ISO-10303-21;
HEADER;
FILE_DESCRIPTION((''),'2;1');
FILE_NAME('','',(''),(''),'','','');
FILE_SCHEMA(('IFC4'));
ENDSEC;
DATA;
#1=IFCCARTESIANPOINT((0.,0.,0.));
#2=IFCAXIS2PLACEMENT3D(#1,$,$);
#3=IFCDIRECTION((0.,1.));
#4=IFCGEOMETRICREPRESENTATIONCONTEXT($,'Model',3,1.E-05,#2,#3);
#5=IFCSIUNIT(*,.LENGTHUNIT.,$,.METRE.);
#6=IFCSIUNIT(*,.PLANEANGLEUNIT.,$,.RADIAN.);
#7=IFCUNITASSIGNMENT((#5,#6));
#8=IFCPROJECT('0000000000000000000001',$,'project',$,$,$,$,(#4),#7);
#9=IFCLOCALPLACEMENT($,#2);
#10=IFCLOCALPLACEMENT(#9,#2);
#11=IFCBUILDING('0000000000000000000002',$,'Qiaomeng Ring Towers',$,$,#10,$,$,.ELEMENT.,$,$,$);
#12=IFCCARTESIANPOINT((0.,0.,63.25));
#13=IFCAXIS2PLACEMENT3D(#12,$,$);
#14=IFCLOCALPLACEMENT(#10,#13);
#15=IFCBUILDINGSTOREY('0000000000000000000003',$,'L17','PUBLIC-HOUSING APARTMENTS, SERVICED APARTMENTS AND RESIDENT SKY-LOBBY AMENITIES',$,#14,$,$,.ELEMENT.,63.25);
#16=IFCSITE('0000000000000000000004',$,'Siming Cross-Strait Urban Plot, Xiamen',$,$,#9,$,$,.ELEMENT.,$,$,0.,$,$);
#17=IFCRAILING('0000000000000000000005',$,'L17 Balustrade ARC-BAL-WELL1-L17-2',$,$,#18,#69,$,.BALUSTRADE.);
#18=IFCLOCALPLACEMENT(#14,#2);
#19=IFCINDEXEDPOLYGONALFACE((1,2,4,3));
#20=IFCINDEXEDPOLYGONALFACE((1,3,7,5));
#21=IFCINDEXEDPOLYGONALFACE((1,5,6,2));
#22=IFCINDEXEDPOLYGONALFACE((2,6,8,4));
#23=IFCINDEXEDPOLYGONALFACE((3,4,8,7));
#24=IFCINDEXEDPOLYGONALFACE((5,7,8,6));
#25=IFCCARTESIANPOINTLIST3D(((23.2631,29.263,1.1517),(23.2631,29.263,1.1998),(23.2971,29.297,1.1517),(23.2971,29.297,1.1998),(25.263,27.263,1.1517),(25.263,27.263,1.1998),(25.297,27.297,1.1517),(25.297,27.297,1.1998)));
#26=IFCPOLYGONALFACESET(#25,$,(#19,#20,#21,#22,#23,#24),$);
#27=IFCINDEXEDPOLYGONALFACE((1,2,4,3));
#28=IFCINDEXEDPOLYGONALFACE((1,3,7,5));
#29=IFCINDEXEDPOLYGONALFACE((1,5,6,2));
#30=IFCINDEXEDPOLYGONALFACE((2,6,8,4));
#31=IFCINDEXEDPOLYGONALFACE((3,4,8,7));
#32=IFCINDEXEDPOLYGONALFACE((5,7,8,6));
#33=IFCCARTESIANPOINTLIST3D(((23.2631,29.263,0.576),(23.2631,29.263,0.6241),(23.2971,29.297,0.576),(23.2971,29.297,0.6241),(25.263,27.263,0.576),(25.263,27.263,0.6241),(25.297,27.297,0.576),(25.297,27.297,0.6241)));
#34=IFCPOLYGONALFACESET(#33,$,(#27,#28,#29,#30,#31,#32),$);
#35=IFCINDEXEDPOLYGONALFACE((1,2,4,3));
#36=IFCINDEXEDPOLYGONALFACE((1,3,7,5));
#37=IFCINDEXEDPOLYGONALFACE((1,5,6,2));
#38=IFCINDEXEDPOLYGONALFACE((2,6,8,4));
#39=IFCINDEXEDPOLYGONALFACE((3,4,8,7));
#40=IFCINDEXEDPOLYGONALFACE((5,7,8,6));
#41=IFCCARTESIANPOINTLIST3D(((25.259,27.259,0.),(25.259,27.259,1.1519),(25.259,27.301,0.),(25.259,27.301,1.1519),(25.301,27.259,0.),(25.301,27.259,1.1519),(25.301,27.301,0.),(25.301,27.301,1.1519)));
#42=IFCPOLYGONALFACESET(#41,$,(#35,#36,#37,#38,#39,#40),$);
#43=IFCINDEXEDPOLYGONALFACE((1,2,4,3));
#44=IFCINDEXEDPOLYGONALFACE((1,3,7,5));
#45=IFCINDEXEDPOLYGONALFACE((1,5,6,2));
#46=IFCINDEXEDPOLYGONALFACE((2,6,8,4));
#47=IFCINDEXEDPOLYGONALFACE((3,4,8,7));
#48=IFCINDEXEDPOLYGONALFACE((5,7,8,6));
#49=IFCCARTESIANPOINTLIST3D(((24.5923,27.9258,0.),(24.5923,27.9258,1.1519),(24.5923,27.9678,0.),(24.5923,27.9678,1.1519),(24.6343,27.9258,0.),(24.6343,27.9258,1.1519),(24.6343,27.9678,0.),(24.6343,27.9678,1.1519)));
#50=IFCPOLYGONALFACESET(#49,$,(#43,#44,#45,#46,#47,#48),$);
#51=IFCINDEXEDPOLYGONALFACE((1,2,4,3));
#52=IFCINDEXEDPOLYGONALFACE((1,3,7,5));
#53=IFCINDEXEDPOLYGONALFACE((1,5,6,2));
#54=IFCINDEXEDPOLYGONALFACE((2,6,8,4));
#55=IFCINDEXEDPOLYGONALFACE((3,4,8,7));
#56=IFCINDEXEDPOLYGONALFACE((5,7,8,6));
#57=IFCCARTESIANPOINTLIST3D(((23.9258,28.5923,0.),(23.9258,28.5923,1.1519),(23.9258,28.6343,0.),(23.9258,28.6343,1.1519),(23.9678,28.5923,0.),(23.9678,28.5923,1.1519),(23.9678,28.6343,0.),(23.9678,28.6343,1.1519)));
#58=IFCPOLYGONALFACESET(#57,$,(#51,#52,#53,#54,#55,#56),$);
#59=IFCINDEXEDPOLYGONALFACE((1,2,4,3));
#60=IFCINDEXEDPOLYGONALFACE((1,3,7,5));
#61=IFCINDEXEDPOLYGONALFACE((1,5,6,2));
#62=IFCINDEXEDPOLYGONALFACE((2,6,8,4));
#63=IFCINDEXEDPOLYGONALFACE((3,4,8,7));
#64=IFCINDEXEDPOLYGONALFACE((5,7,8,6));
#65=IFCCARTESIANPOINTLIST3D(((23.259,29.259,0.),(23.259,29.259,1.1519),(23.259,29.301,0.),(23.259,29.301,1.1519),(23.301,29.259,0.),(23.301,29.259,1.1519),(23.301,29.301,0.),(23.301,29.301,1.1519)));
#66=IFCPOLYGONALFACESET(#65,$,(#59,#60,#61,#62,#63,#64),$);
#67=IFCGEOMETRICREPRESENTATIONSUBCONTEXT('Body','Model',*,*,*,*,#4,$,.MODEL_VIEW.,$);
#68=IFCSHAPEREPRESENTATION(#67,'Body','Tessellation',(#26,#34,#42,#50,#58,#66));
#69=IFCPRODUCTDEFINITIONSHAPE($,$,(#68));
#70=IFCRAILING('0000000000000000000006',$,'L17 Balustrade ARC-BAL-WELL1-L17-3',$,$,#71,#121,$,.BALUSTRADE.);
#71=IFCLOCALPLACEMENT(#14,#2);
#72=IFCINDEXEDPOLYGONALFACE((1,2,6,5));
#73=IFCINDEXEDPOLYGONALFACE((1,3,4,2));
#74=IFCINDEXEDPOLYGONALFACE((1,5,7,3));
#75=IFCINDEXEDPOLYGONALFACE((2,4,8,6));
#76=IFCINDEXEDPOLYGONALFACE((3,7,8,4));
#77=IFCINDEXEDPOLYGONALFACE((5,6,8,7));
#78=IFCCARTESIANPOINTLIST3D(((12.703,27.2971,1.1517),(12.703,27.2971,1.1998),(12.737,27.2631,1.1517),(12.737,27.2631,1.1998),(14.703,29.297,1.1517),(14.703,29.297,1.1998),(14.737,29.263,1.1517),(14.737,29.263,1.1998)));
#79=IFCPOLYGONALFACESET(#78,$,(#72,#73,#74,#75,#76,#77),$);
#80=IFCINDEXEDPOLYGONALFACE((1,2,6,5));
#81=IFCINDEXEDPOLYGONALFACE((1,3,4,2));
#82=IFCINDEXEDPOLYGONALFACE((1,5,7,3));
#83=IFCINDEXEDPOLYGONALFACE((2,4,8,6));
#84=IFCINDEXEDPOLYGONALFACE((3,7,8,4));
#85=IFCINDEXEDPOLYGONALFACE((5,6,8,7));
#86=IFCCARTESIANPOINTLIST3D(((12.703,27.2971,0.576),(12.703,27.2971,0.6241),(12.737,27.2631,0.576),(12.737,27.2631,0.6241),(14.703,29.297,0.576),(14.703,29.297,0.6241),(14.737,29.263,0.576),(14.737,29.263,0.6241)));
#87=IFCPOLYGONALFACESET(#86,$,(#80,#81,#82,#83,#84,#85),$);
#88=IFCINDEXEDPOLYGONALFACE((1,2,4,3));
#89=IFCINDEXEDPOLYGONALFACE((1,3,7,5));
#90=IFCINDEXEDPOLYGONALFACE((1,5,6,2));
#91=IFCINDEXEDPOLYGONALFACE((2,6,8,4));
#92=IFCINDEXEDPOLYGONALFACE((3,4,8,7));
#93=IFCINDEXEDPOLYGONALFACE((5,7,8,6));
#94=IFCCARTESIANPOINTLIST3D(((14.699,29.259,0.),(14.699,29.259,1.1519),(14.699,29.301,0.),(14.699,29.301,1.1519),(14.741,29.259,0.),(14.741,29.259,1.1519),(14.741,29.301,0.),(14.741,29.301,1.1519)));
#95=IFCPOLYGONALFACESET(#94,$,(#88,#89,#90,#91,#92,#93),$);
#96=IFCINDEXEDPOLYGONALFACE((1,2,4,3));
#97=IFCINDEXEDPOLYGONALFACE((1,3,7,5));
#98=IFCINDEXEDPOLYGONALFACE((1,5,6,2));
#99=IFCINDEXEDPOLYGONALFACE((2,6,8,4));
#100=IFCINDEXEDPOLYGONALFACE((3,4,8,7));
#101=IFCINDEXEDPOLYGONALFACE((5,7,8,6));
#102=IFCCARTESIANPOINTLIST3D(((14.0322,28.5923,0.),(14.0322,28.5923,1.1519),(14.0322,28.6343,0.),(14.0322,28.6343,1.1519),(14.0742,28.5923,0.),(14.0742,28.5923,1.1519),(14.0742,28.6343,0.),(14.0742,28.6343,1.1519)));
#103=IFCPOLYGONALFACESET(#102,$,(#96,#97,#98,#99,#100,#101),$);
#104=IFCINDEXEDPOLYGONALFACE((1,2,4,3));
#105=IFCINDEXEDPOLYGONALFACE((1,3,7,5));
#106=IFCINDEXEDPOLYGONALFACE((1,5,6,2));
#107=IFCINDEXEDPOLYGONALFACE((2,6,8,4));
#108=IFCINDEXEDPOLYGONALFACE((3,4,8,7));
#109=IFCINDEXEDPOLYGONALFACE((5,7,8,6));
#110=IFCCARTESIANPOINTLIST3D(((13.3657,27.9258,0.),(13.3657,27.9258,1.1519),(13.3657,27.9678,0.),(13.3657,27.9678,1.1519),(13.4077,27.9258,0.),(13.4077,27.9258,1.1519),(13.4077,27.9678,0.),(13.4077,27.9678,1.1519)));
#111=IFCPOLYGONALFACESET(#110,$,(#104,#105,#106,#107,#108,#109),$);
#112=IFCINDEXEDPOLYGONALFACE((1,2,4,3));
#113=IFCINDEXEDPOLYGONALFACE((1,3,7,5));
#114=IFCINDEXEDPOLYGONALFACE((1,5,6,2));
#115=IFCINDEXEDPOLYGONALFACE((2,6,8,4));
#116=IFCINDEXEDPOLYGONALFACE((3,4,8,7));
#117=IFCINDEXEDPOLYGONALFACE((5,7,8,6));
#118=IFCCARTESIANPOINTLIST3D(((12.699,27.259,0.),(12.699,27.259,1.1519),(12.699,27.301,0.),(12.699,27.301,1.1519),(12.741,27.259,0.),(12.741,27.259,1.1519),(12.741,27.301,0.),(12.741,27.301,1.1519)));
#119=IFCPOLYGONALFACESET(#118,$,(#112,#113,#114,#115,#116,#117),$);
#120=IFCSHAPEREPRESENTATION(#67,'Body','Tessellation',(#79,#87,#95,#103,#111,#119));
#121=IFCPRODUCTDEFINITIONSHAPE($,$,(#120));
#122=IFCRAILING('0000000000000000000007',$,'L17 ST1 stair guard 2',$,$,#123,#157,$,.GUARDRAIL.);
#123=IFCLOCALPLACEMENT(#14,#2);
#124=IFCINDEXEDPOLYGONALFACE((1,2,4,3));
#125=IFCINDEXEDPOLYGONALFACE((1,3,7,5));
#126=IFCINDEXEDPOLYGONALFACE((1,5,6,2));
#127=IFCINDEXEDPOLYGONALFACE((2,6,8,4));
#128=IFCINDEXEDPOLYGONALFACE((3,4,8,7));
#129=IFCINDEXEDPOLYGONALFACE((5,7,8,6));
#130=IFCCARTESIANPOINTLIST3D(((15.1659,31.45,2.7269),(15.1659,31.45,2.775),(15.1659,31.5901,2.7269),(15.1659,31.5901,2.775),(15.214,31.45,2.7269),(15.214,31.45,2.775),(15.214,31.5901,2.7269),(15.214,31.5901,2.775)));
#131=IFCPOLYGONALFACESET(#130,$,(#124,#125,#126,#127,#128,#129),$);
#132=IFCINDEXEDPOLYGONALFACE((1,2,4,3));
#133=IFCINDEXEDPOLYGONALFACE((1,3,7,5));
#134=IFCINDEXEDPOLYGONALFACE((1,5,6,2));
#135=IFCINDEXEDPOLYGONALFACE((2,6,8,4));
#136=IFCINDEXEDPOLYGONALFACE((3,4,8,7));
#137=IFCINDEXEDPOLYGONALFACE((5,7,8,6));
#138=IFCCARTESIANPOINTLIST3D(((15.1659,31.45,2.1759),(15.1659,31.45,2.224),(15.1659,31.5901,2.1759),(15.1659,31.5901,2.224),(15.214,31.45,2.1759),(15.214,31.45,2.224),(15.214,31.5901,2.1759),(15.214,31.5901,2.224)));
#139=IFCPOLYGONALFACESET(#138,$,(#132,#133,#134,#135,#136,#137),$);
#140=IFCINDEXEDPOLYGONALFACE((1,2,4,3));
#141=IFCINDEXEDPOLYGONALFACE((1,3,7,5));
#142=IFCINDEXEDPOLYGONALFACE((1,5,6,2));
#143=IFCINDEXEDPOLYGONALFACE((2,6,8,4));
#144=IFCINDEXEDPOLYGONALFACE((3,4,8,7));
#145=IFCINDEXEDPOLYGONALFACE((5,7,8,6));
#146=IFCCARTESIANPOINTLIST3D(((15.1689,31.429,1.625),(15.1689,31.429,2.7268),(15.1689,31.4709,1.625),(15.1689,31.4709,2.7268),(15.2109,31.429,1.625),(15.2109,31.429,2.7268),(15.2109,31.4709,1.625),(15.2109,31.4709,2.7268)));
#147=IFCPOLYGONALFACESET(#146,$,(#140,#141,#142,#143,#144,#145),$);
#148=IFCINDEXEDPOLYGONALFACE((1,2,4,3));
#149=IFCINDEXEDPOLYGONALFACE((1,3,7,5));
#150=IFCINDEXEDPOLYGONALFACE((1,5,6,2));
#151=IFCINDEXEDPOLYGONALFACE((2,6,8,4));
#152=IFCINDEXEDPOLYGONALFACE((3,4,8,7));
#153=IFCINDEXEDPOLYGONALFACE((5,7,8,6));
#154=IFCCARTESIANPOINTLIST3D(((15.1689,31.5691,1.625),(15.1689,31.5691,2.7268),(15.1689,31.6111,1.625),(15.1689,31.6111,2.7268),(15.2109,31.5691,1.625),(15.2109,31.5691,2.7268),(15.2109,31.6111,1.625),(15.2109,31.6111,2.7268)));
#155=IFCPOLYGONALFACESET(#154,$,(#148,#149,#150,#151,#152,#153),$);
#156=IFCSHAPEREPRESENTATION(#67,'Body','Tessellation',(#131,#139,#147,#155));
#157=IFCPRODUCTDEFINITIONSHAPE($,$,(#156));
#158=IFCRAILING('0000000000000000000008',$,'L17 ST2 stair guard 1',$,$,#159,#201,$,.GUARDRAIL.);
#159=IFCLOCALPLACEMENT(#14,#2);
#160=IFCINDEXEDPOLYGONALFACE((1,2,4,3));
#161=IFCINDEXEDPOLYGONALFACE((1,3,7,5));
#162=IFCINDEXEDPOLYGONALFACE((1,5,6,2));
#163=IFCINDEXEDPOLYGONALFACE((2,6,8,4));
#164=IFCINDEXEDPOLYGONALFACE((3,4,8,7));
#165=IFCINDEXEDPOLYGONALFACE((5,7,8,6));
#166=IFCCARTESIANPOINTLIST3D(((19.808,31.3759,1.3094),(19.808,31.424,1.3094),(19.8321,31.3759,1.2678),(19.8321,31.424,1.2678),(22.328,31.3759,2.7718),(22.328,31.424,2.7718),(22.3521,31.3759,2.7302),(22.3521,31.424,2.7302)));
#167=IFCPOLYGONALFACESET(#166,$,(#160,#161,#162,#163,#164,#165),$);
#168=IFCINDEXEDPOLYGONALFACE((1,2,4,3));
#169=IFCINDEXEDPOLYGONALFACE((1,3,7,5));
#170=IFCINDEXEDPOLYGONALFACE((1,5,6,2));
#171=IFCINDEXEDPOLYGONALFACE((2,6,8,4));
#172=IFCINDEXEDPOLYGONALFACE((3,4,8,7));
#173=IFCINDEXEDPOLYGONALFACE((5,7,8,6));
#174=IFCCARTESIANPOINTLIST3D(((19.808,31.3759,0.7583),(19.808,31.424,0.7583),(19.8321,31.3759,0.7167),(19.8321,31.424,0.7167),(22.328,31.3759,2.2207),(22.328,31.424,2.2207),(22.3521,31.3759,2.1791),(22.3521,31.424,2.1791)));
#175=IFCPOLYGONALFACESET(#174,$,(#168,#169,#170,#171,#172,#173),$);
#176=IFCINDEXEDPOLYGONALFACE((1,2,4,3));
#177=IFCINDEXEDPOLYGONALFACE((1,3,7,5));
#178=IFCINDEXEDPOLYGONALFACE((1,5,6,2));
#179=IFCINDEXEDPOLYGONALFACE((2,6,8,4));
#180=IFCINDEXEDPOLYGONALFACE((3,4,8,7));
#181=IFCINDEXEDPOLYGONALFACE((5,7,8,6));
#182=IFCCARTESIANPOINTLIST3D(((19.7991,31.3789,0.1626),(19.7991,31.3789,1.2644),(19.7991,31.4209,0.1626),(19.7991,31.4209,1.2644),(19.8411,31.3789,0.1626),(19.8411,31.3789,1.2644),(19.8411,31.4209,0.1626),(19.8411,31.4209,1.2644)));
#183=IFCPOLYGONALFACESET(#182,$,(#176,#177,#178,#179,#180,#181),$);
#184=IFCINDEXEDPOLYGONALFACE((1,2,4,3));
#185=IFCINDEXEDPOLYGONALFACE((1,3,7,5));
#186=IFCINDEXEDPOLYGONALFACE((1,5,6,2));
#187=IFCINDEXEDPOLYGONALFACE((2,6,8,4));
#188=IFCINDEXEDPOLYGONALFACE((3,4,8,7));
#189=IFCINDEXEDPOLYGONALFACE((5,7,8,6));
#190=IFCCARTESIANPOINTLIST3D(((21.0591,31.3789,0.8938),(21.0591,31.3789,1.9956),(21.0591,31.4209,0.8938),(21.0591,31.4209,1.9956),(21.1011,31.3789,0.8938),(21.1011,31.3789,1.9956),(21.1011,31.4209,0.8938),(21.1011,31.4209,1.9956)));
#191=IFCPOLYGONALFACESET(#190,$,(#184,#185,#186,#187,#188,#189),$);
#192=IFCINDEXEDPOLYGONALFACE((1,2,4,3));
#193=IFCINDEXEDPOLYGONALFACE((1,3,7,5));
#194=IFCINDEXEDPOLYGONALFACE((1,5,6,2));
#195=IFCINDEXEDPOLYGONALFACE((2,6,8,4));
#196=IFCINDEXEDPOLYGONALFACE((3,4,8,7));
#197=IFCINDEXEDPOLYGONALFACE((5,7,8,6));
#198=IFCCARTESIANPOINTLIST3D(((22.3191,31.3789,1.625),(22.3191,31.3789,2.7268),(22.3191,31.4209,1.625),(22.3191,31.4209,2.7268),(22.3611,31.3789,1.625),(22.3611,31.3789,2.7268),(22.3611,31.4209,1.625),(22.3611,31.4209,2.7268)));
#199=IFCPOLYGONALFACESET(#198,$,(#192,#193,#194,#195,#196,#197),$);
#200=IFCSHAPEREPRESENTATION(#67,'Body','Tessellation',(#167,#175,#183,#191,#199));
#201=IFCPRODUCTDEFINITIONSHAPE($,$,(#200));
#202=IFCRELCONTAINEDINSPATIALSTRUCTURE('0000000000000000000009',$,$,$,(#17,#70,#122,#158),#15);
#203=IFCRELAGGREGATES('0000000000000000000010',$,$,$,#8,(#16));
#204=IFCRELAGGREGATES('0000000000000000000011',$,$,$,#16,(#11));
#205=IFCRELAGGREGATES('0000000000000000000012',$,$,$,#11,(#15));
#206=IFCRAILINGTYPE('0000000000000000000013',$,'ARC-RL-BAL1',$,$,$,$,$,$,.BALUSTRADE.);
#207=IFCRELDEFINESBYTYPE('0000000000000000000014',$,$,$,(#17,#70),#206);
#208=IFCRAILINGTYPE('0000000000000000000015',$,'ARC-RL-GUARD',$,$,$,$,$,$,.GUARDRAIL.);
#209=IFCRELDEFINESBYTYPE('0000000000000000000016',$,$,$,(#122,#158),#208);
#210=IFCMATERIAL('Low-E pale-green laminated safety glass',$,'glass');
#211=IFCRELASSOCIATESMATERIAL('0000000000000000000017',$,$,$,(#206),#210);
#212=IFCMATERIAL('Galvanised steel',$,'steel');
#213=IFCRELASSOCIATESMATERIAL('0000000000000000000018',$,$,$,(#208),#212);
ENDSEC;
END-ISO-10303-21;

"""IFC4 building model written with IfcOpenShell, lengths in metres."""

from ifc_helpers import new_model, si_unit, direction, frame, origin, origin_2d, place, context, subcontext, project, spatial, rectangle, extrude, material, type_object, element, save


model = new_model("IFC4")

# Units and contexts
model_context = context("Model", 3, precision=1e-05, world=origin(), true_north=direction((0.0, 1.0)))
body_context = subcontext(model_context, "Body", "Model", "MODEL_VIEW")
ifc_project = project(units=[si_unit("LENGTHUNIT", "METRE"), si_unit("PLANEANGLEUNIT", "RADIAN")], contexts=[model_context])

# Site, building, storey
site_placement = place(None, origin())
site = spatial("IfcSite", under=ifc_project, at=site_placement, Name="Siming Cross-Strait Urban Plot, Xiamen", CompositionType="ELEMENT", RefElevation=0.0)
building_placement = place(site_placement, origin())
building = spatial("IfcBuilding", under=site, at=building_placement, Name="Qiaomeng Ring Towers", CompositionType="ELEMENT")
storey_placement = place(building_placement, frame((0.0, 0.0, 63.25)))
storey = spatial("IfcBuildingStorey", under=building, at=storey_placement, Name="L17", Description="PUBLIC-HOUSING APARTMENTS, SERVICED APARTMENTS AND RESIDENT SKY-LOBBY AMENITIES", CompositionType="ELEMENT", Elevation=63.25)

# Shared definitions
ifc_material_1 = material(Name="Galvanised steel", Category="steel")

# Railings
ifc_material_2 = material(Name="Low-E pale-green laminated safety glass", Category="glass")
railing_type_1 = type_object("IfcRailingType", Name="ARC-RL-BAL1", PredefinedType="BALUSTRADE", material=ifc_material_2)
railing_1_placement = place(storey_placement, frame((25.28, 27.28, 0.0)))
element("IfcRailing", 1, at=railing_1_placement, inside=storey, type_object=railing_type_1, Name="L17 Balustrade ARC-BAL-WELL1-L17-2", PredefinedType="BALUSTRADE", context=body_context, shape_type="SweptSolid", body=[
    extrude(rectangle(XDim=0.0481, YDim=0.0481, at=origin_2d()), frame((0.0, 0.0, 1.1758), z_axis=(-0.707107, 0.707107, 0.0), x_axis=(-0.707107, -0.707107, 0.0)), (0.0, 0.0, 1.0), 2.8284),
    extrude(rectangle(XDim=0.0481, YDim=0.0481, at=origin_2d()), frame((0.0, 0.0, 0.6001), z_axis=(-0.707107, 0.707107, 0.0), x_axis=(-0.707107, -0.707107, 0.0)), (0.0, 0.0, 1.0), 2.8284),
    extrude(rectangle(XDim=0.042, YDim=0.042, at=origin_2d()), origin(), (0.0, 0.0, 1.0), 1.1519),
    extrude(rectangle(XDim=0.042, YDim=0.042, at=origin_2d()), frame((-0.6667, 0.6667, 0.0)), (0.0, 0.0, 1.0), 1.1519),
    extrude(rectangle(XDim=0.042, YDim=0.042, at=origin_2d()), frame((-1.3333, 1.3333, 0.0)), (0.0, 0.0, 1.0), 1.1519),
    extrude(rectangle(XDim=0.042, YDim=0.042, at=origin_2d()), frame((-2.0, 2.0, 0.0)), (0.0, 0.0, 1.0), 1.1519),
])
railing_2_placement = place(storey_placement, frame((14.72, 29.28, 0.0)))
element("IfcRailing", 2, at=railing_2_placement, inside=storey, type_object=railing_type_1, Name="L17 Balustrade ARC-BAL-WELL1-L17-3", PredefinedType="BALUSTRADE", context=body_context, shape_type="SweptSolid", body=[
    extrude(rectangle(XDim=0.0481, YDim=0.0481, at=origin_2d()), frame((0.0, 0.0, 1.1758), z_axis=(-0.707107, -0.707107, 0.0), x_axis=(0.707107, -0.707107, 0.0)), (0.0, 0.0, 1.0), 2.8284),
    extrude(rectangle(XDim=0.0481, YDim=0.0481, at=origin_2d()), frame((0.0, 0.0, 0.6001), z_axis=(-0.707107, -0.707107, 0.0), x_axis=(0.707107, -0.707107, 0.0)), (0.0, 0.0, 1.0), 2.8284),
    extrude(rectangle(XDim=0.042, YDim=0.042, at=origin_2d()), origin(), (0.0, 0.0, 1.0), 1.1519),
    extrude(rectangle(XDim=0.042, YDim=0.042, at=origin_2d()), frame((-0.6667, -0.6667, 0.0)), (0.0, 0.0, 1.0), 1.1519),
    extrude(rectangle(XDim=0.042, YDim=0.042, at=origin_2d()), frame((-1.3333, -1.3333, 0.0)), (0.0, 0.0, 1.0), 1.1519),
    extrude(rectangle(XDim=0.042, YDim=0.042, at=origin_2d()), frame((-2.0, -2.0, 0.0)), (0.0, 0.0, 1.0), 1.1519),
])
railing_type_2 = type_object("IfcRailingType", Name="ARC-RL-GUARD", PredefinedType="GUARDRAIL", material=ifc_material_1)
railing_3_placement = place(storey_placement, frame((15.1899, 31.45, 1.625)))
element("IfcRailing", 3, at=railing_3_placement, inside=storey, type_object=railing_type_2, Name="L17 ST1 stair guard 2", PredefinedType="GUARDRAIL", context=body_context, shape_type="SweptSolid", body=[
    extrude(rectangle(XDim=0.0481, YDim=0.0481, at=origin_2d()), frame((0.0, 0.0, 1.126), z_axis=(0.0, 1.0, 0.0), x_axis=(-1.0, 0.0, 0.0)), (0.0, 0.0, 1.0), 0.1401),
    extrude(rectangle(XDim=0.0481, YDim=0.0481, at=origin_2d()), frame((0.0, 0.0, 0.575), z_axis=(0.0, 1.0, 0.0), x_axis=(-1.0, 0.0, 0.0)), (0.0, 0.0, 1.0), 0.1401),
    extrude(rectangle(XDim=0.042, YDim=0.042, at=origin_2d()), origin(), (0.0, 0.0, 1.0), 1.1018),
    extrude(rectangle(XDim=0.042, YDim=0.042, at=origin_2d()), frame((0.0, 0.1401, 0.0)), (0.0, 0.0, 1.0), 1.1018),
])
railing_4_placement = place(storey_placement, frame((19.8201, 31.3999, 0.1626)))
element("IfcRailing", 4, at=railing_4_placement, inside=storey, type_object=railing_type_2, Name="L17 ST2 stair guard 1", PredefinedType="GUARDRAIL", context=body_context, shape_type="SweptSolid", body=[
    extrude(rectangle(XDim=0.0481, YDim=0.0481, at=origin_2d()), frame((0.0, 0.0, 1.126), z_axis=(0.864913, 0.0, 0.501921), x_axis=(0.0, 1.0, 0.0)), (0.0, 0.0, 1.0), 2.9136),
    extrude(rectangle(XDim=0.0481, YDim=0.0481, at=origin_2d()), frame((0.0, 0.0, 0.575), z_axis=(0.864913, 0.0, 0.501921), x_axis=(0.0, 1.0, 0.0)), (0.0, 0.0, 1.0), 2.9136),
    extrude(rectangle(XDim=0.042, YDim=0.042, at=origin_2d()), origin(), (0.0, 0.0, 1.0), 1.1018),
    extrude(rectangle(XDim=0.042, YDim=0.042, at=origin_2d()), frame((1.26, 0.0, 0.7312)), (0.0, 0.0, 1.0), 1.1018),
    extrude(rectangle(XDim=0.042, YDim=0.042, at=origin_2d()), frame((2.52, 0.0, 1.4624)), (0.0, 0.0, 1.0), 1.1018),
])

save(model, "model.ifc")
